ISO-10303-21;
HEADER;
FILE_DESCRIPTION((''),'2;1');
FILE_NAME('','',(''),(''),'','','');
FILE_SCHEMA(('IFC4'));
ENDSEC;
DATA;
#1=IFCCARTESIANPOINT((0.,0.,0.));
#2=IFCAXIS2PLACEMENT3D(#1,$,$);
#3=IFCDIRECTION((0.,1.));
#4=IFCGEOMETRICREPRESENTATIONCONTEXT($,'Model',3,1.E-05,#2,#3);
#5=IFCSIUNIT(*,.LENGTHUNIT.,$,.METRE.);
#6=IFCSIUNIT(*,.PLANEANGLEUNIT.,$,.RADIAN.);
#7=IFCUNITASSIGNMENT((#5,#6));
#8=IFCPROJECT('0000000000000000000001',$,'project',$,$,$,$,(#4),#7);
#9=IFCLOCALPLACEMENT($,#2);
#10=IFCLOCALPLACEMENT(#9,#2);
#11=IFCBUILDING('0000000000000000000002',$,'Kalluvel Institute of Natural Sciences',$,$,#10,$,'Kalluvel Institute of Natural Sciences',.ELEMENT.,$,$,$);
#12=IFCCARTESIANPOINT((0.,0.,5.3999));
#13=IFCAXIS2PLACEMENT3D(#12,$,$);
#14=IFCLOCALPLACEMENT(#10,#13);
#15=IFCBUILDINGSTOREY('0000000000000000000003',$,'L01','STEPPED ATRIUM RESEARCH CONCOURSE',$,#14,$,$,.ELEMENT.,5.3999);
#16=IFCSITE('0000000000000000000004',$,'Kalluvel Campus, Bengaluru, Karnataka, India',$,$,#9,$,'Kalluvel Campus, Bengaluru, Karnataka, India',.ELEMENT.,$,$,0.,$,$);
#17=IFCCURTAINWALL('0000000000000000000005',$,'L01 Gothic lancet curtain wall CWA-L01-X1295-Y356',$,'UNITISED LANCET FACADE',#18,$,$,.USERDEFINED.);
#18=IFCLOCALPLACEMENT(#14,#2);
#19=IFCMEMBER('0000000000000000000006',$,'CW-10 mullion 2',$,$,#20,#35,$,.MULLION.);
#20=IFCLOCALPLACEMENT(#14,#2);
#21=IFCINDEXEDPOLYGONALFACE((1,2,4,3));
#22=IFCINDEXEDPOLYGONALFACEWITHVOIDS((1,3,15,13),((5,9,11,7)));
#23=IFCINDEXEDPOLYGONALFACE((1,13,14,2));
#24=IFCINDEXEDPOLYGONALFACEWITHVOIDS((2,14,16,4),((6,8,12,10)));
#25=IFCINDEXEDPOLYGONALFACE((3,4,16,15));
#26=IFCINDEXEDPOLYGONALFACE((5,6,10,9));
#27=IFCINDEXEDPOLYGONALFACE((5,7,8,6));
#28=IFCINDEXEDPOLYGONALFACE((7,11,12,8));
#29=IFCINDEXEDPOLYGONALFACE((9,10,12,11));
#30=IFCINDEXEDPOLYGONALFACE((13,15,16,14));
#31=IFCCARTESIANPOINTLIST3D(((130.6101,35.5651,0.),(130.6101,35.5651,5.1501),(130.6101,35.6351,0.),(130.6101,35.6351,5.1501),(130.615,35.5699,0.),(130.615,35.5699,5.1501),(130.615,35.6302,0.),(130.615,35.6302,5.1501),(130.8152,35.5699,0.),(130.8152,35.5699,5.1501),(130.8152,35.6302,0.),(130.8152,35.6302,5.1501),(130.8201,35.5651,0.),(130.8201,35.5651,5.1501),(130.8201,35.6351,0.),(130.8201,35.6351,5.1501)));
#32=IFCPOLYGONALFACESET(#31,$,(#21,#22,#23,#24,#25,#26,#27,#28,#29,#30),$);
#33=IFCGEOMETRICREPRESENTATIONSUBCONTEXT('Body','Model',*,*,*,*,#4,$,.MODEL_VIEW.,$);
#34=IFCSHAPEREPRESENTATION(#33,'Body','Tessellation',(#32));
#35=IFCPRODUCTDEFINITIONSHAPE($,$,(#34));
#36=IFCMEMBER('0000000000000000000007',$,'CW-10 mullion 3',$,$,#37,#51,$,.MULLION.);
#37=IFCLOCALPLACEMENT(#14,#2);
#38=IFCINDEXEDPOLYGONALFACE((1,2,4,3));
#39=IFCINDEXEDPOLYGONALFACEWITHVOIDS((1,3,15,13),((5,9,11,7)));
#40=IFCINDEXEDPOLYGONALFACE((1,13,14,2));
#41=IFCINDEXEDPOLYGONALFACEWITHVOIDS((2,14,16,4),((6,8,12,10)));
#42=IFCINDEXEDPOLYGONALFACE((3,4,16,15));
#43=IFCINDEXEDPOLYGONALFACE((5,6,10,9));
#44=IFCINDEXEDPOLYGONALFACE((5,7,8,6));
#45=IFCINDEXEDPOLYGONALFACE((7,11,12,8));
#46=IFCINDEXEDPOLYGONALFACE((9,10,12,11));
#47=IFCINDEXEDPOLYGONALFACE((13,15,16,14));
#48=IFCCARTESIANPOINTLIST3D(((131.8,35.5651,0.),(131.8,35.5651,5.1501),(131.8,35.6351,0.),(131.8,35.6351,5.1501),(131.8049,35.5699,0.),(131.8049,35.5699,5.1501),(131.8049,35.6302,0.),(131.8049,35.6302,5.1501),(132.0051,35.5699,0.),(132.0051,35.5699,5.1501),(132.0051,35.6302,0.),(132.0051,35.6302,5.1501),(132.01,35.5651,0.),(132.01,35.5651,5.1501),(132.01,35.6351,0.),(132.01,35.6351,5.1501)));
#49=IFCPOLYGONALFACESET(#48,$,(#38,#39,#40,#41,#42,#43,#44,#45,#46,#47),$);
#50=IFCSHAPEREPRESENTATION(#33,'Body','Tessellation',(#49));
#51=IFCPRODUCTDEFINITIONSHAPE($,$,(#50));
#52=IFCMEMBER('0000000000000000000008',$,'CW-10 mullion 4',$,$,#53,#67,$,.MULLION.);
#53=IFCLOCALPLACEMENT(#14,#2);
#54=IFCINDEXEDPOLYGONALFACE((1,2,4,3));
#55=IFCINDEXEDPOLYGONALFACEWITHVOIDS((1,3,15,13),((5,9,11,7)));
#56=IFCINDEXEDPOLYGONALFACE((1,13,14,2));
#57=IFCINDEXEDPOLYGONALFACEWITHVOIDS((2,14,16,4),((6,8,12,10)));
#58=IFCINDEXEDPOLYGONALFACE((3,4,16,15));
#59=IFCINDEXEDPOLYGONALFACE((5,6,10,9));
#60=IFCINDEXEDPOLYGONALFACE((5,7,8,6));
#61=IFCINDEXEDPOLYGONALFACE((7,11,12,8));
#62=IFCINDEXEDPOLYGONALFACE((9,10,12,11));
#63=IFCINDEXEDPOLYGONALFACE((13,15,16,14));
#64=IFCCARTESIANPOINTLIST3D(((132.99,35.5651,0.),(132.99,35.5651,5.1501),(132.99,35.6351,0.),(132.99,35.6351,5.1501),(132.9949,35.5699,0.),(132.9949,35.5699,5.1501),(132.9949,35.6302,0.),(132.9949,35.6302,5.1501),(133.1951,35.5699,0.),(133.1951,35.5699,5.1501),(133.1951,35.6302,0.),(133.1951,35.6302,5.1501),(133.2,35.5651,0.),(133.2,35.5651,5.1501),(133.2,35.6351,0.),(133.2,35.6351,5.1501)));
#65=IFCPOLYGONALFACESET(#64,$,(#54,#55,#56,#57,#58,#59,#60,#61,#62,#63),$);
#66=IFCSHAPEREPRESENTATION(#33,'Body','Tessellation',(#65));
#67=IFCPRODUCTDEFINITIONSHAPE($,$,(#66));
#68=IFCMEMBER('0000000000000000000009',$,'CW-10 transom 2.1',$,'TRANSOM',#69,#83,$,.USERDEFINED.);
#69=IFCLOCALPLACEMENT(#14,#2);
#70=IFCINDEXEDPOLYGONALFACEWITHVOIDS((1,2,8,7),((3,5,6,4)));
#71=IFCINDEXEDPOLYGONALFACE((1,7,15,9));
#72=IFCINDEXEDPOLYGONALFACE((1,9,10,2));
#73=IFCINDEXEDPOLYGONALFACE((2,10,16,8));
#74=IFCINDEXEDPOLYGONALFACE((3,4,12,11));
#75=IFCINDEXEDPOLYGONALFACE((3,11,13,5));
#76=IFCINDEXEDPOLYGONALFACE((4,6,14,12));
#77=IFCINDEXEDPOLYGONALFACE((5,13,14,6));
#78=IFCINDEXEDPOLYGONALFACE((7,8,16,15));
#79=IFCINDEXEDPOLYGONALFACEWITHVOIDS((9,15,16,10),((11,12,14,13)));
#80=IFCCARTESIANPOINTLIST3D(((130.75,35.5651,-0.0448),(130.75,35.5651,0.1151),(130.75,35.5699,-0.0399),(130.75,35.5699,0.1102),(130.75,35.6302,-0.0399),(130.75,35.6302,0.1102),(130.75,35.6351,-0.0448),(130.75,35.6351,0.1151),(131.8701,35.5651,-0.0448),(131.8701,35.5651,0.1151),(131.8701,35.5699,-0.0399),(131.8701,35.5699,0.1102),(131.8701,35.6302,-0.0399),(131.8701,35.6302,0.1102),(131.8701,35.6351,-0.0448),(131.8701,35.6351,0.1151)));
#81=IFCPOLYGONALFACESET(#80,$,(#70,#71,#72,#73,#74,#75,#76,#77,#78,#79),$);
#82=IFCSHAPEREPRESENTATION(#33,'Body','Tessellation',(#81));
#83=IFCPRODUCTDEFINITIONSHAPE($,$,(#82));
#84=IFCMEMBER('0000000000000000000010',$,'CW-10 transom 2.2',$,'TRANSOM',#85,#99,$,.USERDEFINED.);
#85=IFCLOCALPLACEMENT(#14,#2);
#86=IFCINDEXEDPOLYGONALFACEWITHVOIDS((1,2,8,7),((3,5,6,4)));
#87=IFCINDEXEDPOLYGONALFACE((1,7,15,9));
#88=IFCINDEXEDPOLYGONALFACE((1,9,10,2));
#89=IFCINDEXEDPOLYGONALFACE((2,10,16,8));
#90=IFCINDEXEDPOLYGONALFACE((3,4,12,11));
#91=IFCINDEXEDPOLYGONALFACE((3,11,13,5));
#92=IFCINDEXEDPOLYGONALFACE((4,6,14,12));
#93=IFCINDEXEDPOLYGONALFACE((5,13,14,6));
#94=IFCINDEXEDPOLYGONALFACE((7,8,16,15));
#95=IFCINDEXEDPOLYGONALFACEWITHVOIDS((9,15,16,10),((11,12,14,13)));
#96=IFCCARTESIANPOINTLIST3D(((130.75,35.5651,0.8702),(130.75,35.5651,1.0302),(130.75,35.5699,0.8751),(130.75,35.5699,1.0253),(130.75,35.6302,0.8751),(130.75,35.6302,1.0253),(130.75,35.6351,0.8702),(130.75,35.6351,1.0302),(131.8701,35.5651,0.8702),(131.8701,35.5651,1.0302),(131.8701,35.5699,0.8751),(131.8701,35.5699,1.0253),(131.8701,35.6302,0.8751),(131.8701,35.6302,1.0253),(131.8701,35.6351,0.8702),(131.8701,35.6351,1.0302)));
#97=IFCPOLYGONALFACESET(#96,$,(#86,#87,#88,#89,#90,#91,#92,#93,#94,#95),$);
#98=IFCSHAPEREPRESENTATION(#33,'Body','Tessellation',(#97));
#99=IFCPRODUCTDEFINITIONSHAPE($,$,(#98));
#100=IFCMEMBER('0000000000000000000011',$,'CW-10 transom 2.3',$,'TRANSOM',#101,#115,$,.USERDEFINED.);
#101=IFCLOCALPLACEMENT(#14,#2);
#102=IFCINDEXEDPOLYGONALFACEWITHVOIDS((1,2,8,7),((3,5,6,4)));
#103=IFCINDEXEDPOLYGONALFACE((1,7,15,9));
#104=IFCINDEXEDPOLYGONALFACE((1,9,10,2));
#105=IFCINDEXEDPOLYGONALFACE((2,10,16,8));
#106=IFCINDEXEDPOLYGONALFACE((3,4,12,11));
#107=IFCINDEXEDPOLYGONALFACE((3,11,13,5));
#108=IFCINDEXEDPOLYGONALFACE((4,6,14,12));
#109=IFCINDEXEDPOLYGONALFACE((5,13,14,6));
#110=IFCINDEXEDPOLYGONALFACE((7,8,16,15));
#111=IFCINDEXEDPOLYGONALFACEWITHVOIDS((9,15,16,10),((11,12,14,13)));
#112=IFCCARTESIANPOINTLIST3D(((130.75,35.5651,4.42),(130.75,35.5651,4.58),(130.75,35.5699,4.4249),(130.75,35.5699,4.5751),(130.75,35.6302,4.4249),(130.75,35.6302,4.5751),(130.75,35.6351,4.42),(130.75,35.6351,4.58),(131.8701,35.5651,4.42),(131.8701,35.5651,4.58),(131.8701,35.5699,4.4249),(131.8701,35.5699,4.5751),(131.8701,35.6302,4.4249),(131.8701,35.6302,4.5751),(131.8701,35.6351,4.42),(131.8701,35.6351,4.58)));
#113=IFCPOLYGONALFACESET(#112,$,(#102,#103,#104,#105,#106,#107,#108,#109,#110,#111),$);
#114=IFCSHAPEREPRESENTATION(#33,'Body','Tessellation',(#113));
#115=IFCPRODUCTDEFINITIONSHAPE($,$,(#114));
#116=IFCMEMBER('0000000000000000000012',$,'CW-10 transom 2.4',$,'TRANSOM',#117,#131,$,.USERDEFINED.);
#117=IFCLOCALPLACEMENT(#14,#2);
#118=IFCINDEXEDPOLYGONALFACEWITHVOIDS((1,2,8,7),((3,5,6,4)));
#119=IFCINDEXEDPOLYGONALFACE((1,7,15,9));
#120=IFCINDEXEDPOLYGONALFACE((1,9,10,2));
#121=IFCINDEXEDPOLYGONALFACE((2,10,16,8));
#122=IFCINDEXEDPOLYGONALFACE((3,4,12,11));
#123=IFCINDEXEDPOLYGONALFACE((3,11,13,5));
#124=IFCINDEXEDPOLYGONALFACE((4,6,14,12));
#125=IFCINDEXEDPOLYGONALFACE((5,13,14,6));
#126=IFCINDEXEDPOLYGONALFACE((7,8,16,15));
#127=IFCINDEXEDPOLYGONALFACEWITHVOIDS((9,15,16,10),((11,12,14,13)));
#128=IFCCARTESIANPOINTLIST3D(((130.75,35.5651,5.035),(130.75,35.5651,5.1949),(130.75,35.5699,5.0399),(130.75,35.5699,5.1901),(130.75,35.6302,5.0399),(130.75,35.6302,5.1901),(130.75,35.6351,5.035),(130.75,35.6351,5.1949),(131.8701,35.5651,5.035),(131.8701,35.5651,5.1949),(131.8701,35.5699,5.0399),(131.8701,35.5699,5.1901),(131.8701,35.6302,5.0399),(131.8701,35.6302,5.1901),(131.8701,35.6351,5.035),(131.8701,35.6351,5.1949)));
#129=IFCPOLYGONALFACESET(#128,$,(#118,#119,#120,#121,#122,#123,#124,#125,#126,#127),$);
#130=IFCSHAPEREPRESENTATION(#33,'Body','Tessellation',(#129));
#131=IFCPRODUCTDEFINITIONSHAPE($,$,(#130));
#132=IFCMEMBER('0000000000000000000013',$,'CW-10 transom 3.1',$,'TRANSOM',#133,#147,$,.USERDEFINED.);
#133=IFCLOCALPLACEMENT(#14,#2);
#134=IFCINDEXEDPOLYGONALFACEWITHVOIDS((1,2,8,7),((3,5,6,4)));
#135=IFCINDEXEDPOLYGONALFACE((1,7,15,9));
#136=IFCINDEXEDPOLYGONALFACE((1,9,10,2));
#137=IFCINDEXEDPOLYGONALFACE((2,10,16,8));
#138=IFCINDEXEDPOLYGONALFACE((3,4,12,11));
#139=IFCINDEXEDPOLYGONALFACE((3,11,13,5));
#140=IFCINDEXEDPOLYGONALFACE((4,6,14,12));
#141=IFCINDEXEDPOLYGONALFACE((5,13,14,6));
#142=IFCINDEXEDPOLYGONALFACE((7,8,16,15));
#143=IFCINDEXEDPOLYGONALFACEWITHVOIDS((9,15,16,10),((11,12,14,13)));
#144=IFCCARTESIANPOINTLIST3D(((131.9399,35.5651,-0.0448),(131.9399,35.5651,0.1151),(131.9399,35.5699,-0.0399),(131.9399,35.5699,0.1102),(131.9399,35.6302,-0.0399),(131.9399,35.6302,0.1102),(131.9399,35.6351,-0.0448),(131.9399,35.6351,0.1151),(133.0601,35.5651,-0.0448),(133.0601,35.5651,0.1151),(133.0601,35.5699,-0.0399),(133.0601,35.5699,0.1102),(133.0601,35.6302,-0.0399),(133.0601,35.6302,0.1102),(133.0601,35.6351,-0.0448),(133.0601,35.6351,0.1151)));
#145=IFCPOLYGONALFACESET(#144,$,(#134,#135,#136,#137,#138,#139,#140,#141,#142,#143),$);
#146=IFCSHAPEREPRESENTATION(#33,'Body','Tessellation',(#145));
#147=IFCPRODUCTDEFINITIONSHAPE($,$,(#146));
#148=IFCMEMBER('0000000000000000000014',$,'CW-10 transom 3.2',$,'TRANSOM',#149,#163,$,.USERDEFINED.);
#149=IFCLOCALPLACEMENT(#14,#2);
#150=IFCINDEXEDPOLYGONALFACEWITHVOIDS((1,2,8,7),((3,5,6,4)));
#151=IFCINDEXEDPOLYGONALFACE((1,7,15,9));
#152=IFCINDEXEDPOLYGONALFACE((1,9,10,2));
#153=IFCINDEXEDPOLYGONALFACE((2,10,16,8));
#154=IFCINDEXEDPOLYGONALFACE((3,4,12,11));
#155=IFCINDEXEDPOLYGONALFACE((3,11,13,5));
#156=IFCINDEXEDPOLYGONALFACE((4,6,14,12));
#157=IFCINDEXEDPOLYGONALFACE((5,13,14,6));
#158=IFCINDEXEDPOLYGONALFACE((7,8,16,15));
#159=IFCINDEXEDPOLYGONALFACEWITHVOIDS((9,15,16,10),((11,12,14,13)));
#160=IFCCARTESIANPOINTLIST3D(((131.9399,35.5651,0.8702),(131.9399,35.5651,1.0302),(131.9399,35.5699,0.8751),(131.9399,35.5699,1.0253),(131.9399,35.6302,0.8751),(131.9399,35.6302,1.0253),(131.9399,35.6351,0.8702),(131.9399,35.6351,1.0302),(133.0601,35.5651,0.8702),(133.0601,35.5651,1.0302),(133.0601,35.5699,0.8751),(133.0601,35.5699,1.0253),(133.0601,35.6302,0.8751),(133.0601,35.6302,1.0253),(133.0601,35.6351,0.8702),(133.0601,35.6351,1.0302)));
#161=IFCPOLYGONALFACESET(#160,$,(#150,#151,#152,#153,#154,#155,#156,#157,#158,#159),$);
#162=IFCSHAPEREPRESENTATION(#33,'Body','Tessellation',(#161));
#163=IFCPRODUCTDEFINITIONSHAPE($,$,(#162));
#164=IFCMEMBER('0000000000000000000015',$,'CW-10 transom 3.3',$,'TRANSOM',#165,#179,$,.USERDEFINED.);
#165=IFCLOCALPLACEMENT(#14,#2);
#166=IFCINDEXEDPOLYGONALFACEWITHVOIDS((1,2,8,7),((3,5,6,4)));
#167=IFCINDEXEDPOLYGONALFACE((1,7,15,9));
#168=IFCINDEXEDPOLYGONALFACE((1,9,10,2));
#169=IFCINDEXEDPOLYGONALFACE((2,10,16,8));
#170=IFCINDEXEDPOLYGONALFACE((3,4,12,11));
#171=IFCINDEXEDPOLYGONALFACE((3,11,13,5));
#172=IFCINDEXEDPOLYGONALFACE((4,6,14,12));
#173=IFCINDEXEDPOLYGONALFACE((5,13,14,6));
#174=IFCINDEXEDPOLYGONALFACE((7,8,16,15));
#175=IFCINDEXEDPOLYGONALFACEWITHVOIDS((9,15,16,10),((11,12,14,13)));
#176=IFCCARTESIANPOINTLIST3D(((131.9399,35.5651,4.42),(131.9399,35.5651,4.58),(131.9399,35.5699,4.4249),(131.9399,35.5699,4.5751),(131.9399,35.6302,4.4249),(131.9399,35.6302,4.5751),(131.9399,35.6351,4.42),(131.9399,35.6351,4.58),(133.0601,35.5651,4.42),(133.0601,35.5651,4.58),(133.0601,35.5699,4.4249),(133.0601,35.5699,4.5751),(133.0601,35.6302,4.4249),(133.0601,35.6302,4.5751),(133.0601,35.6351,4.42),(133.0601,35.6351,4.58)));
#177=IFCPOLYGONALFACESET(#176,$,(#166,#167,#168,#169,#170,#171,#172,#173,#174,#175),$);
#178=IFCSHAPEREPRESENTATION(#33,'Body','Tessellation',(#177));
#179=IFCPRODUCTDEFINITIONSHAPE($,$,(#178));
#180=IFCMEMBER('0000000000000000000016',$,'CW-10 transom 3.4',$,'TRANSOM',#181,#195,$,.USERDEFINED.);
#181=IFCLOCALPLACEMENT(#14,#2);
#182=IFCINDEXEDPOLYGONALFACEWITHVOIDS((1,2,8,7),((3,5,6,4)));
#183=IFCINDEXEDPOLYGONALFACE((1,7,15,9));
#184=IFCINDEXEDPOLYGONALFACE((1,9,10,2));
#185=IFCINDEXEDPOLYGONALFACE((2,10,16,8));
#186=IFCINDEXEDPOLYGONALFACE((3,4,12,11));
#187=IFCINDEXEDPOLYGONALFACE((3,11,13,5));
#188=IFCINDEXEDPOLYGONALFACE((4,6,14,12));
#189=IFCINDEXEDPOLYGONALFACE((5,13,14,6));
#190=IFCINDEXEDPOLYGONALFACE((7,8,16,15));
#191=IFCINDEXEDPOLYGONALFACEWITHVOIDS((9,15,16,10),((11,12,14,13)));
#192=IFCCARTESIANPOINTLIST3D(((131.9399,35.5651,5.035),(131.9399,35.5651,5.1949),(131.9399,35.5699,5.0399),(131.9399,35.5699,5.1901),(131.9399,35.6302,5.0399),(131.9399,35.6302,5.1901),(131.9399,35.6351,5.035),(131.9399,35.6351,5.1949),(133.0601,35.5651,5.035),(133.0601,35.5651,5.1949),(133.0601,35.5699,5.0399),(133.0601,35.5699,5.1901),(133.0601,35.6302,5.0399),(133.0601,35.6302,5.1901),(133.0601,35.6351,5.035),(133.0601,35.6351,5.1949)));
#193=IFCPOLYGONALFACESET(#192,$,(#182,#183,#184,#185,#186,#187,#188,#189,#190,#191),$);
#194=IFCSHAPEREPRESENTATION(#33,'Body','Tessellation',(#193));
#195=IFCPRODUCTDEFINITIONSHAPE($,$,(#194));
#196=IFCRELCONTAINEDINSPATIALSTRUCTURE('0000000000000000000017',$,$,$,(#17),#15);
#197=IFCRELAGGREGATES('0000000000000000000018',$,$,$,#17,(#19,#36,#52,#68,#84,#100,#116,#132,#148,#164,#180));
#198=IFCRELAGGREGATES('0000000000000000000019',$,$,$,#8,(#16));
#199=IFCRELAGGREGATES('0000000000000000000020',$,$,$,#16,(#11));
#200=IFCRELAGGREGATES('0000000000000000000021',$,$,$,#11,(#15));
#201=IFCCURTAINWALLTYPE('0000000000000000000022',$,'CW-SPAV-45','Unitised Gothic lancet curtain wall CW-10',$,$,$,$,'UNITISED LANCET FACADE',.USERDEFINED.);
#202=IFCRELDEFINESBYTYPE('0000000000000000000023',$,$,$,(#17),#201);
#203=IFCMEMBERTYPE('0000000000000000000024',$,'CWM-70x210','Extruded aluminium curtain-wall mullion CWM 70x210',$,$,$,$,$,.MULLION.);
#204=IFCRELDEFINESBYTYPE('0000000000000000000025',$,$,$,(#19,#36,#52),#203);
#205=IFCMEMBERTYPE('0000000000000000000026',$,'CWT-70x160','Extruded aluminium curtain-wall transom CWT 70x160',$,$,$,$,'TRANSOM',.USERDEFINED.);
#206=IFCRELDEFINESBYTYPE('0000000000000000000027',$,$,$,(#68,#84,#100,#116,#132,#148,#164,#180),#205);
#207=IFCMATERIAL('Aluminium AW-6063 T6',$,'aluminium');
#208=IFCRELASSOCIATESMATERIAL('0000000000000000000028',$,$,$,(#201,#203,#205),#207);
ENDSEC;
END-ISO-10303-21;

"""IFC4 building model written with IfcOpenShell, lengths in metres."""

from ifc_helpers import new_model, si_unit, direction, frame, origin, origin_2d, place, context, subcontext, project, spatial, hollow_rectangle, extrude, material, material_profile, profile_set, type_object, element, aggregate, save


model = new_model("IFC4")

# Units and contexts
model_context = context("Model", 3, precision=1e-05, world=origin(), true_north=direction((0.0, 1.0)))
body_context = subcontext(model_context, "Body", "Model", "MODEL_VIEW")
ifc_project = project(units=[si_unit("LENGTHUNIT", "METRE"), si_unit("PLANEANGLEUNIT", "RADIAN")], contexts=[model_context])

# Site, building, storey
site_placement = place(None, origin())
site = spatial("IfcSite", under=ifc_project, at=site_placement, Name="Kalluvel Campus, Bengaluru, Karnataka, India", LongName="Kalluvel Campus, Bengaluru, Karnataka, India", CompositionType="ELEMENT", RefElevation=0.0)
building_placement = place(site_placement, origin())
building = spatial("IfcBuilding", under=site, at=building_placement, Name="Kalluvel Institute of Natural Sciences", LongName="Kalluvel Institute of Natural Sciences", CompositionType="ELEMENT")
storey_placement = place(building_placement, frame((0.0, 0.0, 5.3999)))
storey = spatial("IfcBuildingStorey", under=building, at=storey_placement, Name="L01", Description="STEPPED ATRIUM RESEARCH CONCOURSE", CompositionType="ELEMENT", Elevation=5.3999)

# Curtain wall, members
ifc_material_1 = material(Name="Aluminium AW-6063 T6", Category="aluminium")
curtain_wall_type = type_object("IfcCurtainWallType", Name="CW-SPAV-45", Description="Unitised Gothic lancet curtain wall CW-10", ElementType="UNITISED LANCET FACADE", PredefinedType="USERDEFINED", material=ifc_material_1)
curtain_wall_placement = place(storey_placement, origin())
curtain_wall = element("IfcCurtainWall", 1, at=curtain_wall_placement, inside=storey, type_object=curtain_wall_type, Name="L01 Gothic lancet curtain wall CWA-L01-X1295-Y356", ObjectType="UNITISED LANCET FACADE", PredefinedType="USERDEFINED")
ifc_material_profile_1 = material_profile(ifc_material_1, hollow_rectangle(XDim=0.0701, YDim=0.21, WallThickness=0.0049, at=origin_2d()), Name="CWM 70x210")
ifc_profile_set_1 = profile_set([ifc_material_profile_1], Name="Aluminium AW-6063 T6")
member_type_1 = type_object("IfcMemberType", Name="CWM-70x210", Description="Extruded aluminium curtain-wall mullion CWM 70x210", PredefinedType="MULLION", material=ifc_profile_set_1)
member_1_placement = place(storey_placement, frame((130.7151, 35.6001, 0.0), z_axis=(0.0, 0.0, 1.0), x_axis=(0.0, 1.0, 0.0)))
member_1 = element("IfcMember", 2, at=member_1_placement, type_object=member_type_1, Name="CW-10 mullion 2", PredefinedType="MULLION", context=body_context, shape_type="SweptSolid", body=[
    extrude(hollow_rectangle(XDim=0.0701, YDim=0.21, WallThickness=0.0049, at=origin_2d()), origin(), (0.0, 0.0, 1.0), 5.1501),
])
member_2_placement = place(storey_placement, frame((131.905, 35.6001, 0.0), z_axis=(0.0, 0.0, 1.0), x_axis=(0.0, 1.0, 0.0)))
member_2 = element("IfcMember", 3, at=member_2_placement, type_object=member_type_1, Name="CW-10 mullion 3", PredefinedType="MULLION", context=body_context, shape_type="SweptSolid", body=[
    extrude(hollow_rectangle(XDim=0.0701, YDim=0.21, WallThickness=0.0049, at=origin_2d()), origin(), (0.0, 0.0, 1.0), 5.1501),
])
member_3_placement = place(storey_placement, frame((133.095, 35.6001, 0.0), z_axis=(0.0, 0.0, 1.0), x_axis=(0.0, 1.0, 0.0)))
member_3 = element("IfcMember", 4, at=member_3_placement, type_object=member_type_1, Name="CW-10 mullion 4", PredefinedType="MULLION", context=body_context, shape_type="SweptSolid", body=[
    extrude(hollow_rectangle(XDim=0.0701, YDim=0.21, WallThickness=0.0049, at=origin_2d()), origin(), (0.0, 0.0, 1.0), 5.1501),
])
ifc_material_profile_2 = material_profile(ifc_material_1, hollow_rectangle(XDim=0.0701, YDim=0.1599, WallThickness=0.0049, at=origin_2d()), Name="CWT 70x160")
ifc_profile_set_2 = profile_set([ifc_material_profile_2], Name="Aluminium AW-6063 T6")
member_type_2 = type_object("IfcMemberType", Name="CWT-70x160", Description="Extruded aluminium curtain-wall transom CWT 70x160", ElementType="TRANSOM", PredefinedType="USERDEFINED", material=ifc_profile_set_2)
member_4_placement = place(storey_placement, frame((130.75, 35.6001, 0.0352), z_axis=(1.0, 0.0, 0.0), x_axis=(0.0, 1.0, 0.0)))
member_4 = element("IfcMember", 5, at=member_4_placement, type_object=member_type_2, Name="CW-10 transom 2.1", ObjectType="TRANSOM", PredefinedType="USERDEFINED", context=body_context, shape_type="SweptSolid", body=[
    extrude(hollow_rectangle(XDim=0.0701, YDim=0.1599, WallThickness=0.0049, at=origin_2d()), origin(), (0.0, 0.0, 1.0), 1.1201),
])
member_5_placement = place(storey_placement, frame((130.75, 35.6001, 0.9502), z_axis=(1.0, 0.0, 0.0), x_axis=(0.0, 1.0, 0.0)))
member_5 = element("IfcMember", 6, at=member_5_placement, type_object=member_type_2, Name="CW-10 transom 2.2", ObjectType="TRANSOM", PredefinedType="USERDEFINED", context=body_context, shape_type="SweptSolid", body=[
    extrude(hollow_rectangle(XDim=0.0701, YDim=0.1599, WallThickness=0.0049, at=origin_2d()), origin(), (0.0, 0.0, 1.0), 1.1201),
])
member_6_placement = place(storey_placement, frame((130.75, 35.6001, 4.5), z_axis=(1.0, 0.0, 0.0), x_axis=(0.0, 1.0, 0.0)))
member_6 = element("IfcMember", 7, at=member_6_placement, type_object=member_type_2, Name="CW-10 transom 2.3", ObjectType="TRANSOM", PredefinedType="USERDEFINED", context=body_context, shape_type="SweptSolid", body=[
    extrude(hollow_rectangle(XDim=0.0701, YDim=0.1599, WallThickness=0.0049, at=origin_2d()), origin(), (0.0, 0.0, 1.0), 1.1201),
])
member_7_placement = place(storey_placement, frame((130.75, 35.6001, 5.115), z_axis=(1.0, 0.0, 0.0), x_axis=(0.0, 1.0, 0.0)))
member_7 = element("IfcMember", 8, at=member_7_placement, type_object=member_type_2, Name="CW-10 transom 2.4", ObjectType="TRANSOM", PredefinedType="USERDEFINED", context=body_context, shape_type="SweptSolid", body=[
    extrude(hollow_rectangle(XDim=0.0701, YDim=0.1599, WallThickness=0.0049, at=origin_2d()), origin(), (0.0, 0.0, 1.0), 1.1201),
])
member_8_placement = place(storey_placement, frame((131.9399, 35.6001, 0.0352), z_axis=(1.0, 0.0, 0.0), x_axis=(0.0, 1.0, 0.0)))
member_8 = element("IfcMember", 9, at=member_8_placement, type_object=member_type_2, Name="CW-10 transom 3.1", ObjectType="TRANSOM", PredefinedType="USERDEFINED", context=body_context, shape_type="SweptSolid", body=[
    extrude(hollow_rectangle(XDim=0.0701, YDim=0.1599, WallThickness=0.0049, at=origin_2d()), origin(), (0.0, 0.0, 1.0), 1.1201),
])
member_9_placement = place(storey_placement, frame((131.9399, 35.6001, 0.9502), z_axis=(1.0, 0.0, 0.0), x_axis=(0.0, 1.0, 0.0)))
member_9 = element("IfcMember", 10, at=member_9_placement, type_object=member_type_2, Name="CW-10 transom 3.2", ObjectType="TRANSOM", PredefinedType="USERDEFINED", context=body_context, shape_type="SweptSolid", body=[
    extrude(hollow_rectangle(XDim=0.0701, YDim=0.1599, WallThickness=0.0049, at=origin_2d()), origin(), (0.0, 0.0, 1.0), 1.1201),
])
member_10_placement = place(storey_placement, frame((131.9399, 35.6001, 4.5), z_axis=(1.0, 0.0, 0.0), x_axis=(0.0, 1.0, 0.0)))
member_10 = element("IfcMember", 11, at=member_10_placement, type_object=member_type_2, Name="CW-10 transom 3.3", ObjectType="TRANSOM", PredefinedType="USERDEFINED", context=body_context, shape_type="SweptSolid", body=[
    extrude(hollow_rectangle(XDim=0.0701, YDim=0.1599, WallThickness=0.0049, at=origin_2d()), origin(), (0.0, 0.0, 1.0), 1.1201),
])
member_11_placement = place(storey_placement, frame((131.9399, 35.6001, 5.115), z_axis=(1.0, 0.0, 0.0), x_axis=(0.0, 1.0, 0.0)))
member_11 = element("IfcMember", 12, at=member_11_placement, type_object=member_type_2, Name="CW-10 transom 3.4", ObjectType="TRANSOM", PredefinedType="USERDEFINED", context=body_context, shape_type="SweptSolid", body=[
    extrude(hollow_rectangle(XDim=0.0701, YDim=0.1599, WallThickness=0.0049, at=origin_2d()), origin(), (0.0, 0.0, 1.0), 1.1201),
])

aggregate(curtain_wall, [member_1, member_2, member_3, member_4, member_5, member_6, member_7, member_8, member_9, member_10, member_11])

save(model, "model.ifc")
